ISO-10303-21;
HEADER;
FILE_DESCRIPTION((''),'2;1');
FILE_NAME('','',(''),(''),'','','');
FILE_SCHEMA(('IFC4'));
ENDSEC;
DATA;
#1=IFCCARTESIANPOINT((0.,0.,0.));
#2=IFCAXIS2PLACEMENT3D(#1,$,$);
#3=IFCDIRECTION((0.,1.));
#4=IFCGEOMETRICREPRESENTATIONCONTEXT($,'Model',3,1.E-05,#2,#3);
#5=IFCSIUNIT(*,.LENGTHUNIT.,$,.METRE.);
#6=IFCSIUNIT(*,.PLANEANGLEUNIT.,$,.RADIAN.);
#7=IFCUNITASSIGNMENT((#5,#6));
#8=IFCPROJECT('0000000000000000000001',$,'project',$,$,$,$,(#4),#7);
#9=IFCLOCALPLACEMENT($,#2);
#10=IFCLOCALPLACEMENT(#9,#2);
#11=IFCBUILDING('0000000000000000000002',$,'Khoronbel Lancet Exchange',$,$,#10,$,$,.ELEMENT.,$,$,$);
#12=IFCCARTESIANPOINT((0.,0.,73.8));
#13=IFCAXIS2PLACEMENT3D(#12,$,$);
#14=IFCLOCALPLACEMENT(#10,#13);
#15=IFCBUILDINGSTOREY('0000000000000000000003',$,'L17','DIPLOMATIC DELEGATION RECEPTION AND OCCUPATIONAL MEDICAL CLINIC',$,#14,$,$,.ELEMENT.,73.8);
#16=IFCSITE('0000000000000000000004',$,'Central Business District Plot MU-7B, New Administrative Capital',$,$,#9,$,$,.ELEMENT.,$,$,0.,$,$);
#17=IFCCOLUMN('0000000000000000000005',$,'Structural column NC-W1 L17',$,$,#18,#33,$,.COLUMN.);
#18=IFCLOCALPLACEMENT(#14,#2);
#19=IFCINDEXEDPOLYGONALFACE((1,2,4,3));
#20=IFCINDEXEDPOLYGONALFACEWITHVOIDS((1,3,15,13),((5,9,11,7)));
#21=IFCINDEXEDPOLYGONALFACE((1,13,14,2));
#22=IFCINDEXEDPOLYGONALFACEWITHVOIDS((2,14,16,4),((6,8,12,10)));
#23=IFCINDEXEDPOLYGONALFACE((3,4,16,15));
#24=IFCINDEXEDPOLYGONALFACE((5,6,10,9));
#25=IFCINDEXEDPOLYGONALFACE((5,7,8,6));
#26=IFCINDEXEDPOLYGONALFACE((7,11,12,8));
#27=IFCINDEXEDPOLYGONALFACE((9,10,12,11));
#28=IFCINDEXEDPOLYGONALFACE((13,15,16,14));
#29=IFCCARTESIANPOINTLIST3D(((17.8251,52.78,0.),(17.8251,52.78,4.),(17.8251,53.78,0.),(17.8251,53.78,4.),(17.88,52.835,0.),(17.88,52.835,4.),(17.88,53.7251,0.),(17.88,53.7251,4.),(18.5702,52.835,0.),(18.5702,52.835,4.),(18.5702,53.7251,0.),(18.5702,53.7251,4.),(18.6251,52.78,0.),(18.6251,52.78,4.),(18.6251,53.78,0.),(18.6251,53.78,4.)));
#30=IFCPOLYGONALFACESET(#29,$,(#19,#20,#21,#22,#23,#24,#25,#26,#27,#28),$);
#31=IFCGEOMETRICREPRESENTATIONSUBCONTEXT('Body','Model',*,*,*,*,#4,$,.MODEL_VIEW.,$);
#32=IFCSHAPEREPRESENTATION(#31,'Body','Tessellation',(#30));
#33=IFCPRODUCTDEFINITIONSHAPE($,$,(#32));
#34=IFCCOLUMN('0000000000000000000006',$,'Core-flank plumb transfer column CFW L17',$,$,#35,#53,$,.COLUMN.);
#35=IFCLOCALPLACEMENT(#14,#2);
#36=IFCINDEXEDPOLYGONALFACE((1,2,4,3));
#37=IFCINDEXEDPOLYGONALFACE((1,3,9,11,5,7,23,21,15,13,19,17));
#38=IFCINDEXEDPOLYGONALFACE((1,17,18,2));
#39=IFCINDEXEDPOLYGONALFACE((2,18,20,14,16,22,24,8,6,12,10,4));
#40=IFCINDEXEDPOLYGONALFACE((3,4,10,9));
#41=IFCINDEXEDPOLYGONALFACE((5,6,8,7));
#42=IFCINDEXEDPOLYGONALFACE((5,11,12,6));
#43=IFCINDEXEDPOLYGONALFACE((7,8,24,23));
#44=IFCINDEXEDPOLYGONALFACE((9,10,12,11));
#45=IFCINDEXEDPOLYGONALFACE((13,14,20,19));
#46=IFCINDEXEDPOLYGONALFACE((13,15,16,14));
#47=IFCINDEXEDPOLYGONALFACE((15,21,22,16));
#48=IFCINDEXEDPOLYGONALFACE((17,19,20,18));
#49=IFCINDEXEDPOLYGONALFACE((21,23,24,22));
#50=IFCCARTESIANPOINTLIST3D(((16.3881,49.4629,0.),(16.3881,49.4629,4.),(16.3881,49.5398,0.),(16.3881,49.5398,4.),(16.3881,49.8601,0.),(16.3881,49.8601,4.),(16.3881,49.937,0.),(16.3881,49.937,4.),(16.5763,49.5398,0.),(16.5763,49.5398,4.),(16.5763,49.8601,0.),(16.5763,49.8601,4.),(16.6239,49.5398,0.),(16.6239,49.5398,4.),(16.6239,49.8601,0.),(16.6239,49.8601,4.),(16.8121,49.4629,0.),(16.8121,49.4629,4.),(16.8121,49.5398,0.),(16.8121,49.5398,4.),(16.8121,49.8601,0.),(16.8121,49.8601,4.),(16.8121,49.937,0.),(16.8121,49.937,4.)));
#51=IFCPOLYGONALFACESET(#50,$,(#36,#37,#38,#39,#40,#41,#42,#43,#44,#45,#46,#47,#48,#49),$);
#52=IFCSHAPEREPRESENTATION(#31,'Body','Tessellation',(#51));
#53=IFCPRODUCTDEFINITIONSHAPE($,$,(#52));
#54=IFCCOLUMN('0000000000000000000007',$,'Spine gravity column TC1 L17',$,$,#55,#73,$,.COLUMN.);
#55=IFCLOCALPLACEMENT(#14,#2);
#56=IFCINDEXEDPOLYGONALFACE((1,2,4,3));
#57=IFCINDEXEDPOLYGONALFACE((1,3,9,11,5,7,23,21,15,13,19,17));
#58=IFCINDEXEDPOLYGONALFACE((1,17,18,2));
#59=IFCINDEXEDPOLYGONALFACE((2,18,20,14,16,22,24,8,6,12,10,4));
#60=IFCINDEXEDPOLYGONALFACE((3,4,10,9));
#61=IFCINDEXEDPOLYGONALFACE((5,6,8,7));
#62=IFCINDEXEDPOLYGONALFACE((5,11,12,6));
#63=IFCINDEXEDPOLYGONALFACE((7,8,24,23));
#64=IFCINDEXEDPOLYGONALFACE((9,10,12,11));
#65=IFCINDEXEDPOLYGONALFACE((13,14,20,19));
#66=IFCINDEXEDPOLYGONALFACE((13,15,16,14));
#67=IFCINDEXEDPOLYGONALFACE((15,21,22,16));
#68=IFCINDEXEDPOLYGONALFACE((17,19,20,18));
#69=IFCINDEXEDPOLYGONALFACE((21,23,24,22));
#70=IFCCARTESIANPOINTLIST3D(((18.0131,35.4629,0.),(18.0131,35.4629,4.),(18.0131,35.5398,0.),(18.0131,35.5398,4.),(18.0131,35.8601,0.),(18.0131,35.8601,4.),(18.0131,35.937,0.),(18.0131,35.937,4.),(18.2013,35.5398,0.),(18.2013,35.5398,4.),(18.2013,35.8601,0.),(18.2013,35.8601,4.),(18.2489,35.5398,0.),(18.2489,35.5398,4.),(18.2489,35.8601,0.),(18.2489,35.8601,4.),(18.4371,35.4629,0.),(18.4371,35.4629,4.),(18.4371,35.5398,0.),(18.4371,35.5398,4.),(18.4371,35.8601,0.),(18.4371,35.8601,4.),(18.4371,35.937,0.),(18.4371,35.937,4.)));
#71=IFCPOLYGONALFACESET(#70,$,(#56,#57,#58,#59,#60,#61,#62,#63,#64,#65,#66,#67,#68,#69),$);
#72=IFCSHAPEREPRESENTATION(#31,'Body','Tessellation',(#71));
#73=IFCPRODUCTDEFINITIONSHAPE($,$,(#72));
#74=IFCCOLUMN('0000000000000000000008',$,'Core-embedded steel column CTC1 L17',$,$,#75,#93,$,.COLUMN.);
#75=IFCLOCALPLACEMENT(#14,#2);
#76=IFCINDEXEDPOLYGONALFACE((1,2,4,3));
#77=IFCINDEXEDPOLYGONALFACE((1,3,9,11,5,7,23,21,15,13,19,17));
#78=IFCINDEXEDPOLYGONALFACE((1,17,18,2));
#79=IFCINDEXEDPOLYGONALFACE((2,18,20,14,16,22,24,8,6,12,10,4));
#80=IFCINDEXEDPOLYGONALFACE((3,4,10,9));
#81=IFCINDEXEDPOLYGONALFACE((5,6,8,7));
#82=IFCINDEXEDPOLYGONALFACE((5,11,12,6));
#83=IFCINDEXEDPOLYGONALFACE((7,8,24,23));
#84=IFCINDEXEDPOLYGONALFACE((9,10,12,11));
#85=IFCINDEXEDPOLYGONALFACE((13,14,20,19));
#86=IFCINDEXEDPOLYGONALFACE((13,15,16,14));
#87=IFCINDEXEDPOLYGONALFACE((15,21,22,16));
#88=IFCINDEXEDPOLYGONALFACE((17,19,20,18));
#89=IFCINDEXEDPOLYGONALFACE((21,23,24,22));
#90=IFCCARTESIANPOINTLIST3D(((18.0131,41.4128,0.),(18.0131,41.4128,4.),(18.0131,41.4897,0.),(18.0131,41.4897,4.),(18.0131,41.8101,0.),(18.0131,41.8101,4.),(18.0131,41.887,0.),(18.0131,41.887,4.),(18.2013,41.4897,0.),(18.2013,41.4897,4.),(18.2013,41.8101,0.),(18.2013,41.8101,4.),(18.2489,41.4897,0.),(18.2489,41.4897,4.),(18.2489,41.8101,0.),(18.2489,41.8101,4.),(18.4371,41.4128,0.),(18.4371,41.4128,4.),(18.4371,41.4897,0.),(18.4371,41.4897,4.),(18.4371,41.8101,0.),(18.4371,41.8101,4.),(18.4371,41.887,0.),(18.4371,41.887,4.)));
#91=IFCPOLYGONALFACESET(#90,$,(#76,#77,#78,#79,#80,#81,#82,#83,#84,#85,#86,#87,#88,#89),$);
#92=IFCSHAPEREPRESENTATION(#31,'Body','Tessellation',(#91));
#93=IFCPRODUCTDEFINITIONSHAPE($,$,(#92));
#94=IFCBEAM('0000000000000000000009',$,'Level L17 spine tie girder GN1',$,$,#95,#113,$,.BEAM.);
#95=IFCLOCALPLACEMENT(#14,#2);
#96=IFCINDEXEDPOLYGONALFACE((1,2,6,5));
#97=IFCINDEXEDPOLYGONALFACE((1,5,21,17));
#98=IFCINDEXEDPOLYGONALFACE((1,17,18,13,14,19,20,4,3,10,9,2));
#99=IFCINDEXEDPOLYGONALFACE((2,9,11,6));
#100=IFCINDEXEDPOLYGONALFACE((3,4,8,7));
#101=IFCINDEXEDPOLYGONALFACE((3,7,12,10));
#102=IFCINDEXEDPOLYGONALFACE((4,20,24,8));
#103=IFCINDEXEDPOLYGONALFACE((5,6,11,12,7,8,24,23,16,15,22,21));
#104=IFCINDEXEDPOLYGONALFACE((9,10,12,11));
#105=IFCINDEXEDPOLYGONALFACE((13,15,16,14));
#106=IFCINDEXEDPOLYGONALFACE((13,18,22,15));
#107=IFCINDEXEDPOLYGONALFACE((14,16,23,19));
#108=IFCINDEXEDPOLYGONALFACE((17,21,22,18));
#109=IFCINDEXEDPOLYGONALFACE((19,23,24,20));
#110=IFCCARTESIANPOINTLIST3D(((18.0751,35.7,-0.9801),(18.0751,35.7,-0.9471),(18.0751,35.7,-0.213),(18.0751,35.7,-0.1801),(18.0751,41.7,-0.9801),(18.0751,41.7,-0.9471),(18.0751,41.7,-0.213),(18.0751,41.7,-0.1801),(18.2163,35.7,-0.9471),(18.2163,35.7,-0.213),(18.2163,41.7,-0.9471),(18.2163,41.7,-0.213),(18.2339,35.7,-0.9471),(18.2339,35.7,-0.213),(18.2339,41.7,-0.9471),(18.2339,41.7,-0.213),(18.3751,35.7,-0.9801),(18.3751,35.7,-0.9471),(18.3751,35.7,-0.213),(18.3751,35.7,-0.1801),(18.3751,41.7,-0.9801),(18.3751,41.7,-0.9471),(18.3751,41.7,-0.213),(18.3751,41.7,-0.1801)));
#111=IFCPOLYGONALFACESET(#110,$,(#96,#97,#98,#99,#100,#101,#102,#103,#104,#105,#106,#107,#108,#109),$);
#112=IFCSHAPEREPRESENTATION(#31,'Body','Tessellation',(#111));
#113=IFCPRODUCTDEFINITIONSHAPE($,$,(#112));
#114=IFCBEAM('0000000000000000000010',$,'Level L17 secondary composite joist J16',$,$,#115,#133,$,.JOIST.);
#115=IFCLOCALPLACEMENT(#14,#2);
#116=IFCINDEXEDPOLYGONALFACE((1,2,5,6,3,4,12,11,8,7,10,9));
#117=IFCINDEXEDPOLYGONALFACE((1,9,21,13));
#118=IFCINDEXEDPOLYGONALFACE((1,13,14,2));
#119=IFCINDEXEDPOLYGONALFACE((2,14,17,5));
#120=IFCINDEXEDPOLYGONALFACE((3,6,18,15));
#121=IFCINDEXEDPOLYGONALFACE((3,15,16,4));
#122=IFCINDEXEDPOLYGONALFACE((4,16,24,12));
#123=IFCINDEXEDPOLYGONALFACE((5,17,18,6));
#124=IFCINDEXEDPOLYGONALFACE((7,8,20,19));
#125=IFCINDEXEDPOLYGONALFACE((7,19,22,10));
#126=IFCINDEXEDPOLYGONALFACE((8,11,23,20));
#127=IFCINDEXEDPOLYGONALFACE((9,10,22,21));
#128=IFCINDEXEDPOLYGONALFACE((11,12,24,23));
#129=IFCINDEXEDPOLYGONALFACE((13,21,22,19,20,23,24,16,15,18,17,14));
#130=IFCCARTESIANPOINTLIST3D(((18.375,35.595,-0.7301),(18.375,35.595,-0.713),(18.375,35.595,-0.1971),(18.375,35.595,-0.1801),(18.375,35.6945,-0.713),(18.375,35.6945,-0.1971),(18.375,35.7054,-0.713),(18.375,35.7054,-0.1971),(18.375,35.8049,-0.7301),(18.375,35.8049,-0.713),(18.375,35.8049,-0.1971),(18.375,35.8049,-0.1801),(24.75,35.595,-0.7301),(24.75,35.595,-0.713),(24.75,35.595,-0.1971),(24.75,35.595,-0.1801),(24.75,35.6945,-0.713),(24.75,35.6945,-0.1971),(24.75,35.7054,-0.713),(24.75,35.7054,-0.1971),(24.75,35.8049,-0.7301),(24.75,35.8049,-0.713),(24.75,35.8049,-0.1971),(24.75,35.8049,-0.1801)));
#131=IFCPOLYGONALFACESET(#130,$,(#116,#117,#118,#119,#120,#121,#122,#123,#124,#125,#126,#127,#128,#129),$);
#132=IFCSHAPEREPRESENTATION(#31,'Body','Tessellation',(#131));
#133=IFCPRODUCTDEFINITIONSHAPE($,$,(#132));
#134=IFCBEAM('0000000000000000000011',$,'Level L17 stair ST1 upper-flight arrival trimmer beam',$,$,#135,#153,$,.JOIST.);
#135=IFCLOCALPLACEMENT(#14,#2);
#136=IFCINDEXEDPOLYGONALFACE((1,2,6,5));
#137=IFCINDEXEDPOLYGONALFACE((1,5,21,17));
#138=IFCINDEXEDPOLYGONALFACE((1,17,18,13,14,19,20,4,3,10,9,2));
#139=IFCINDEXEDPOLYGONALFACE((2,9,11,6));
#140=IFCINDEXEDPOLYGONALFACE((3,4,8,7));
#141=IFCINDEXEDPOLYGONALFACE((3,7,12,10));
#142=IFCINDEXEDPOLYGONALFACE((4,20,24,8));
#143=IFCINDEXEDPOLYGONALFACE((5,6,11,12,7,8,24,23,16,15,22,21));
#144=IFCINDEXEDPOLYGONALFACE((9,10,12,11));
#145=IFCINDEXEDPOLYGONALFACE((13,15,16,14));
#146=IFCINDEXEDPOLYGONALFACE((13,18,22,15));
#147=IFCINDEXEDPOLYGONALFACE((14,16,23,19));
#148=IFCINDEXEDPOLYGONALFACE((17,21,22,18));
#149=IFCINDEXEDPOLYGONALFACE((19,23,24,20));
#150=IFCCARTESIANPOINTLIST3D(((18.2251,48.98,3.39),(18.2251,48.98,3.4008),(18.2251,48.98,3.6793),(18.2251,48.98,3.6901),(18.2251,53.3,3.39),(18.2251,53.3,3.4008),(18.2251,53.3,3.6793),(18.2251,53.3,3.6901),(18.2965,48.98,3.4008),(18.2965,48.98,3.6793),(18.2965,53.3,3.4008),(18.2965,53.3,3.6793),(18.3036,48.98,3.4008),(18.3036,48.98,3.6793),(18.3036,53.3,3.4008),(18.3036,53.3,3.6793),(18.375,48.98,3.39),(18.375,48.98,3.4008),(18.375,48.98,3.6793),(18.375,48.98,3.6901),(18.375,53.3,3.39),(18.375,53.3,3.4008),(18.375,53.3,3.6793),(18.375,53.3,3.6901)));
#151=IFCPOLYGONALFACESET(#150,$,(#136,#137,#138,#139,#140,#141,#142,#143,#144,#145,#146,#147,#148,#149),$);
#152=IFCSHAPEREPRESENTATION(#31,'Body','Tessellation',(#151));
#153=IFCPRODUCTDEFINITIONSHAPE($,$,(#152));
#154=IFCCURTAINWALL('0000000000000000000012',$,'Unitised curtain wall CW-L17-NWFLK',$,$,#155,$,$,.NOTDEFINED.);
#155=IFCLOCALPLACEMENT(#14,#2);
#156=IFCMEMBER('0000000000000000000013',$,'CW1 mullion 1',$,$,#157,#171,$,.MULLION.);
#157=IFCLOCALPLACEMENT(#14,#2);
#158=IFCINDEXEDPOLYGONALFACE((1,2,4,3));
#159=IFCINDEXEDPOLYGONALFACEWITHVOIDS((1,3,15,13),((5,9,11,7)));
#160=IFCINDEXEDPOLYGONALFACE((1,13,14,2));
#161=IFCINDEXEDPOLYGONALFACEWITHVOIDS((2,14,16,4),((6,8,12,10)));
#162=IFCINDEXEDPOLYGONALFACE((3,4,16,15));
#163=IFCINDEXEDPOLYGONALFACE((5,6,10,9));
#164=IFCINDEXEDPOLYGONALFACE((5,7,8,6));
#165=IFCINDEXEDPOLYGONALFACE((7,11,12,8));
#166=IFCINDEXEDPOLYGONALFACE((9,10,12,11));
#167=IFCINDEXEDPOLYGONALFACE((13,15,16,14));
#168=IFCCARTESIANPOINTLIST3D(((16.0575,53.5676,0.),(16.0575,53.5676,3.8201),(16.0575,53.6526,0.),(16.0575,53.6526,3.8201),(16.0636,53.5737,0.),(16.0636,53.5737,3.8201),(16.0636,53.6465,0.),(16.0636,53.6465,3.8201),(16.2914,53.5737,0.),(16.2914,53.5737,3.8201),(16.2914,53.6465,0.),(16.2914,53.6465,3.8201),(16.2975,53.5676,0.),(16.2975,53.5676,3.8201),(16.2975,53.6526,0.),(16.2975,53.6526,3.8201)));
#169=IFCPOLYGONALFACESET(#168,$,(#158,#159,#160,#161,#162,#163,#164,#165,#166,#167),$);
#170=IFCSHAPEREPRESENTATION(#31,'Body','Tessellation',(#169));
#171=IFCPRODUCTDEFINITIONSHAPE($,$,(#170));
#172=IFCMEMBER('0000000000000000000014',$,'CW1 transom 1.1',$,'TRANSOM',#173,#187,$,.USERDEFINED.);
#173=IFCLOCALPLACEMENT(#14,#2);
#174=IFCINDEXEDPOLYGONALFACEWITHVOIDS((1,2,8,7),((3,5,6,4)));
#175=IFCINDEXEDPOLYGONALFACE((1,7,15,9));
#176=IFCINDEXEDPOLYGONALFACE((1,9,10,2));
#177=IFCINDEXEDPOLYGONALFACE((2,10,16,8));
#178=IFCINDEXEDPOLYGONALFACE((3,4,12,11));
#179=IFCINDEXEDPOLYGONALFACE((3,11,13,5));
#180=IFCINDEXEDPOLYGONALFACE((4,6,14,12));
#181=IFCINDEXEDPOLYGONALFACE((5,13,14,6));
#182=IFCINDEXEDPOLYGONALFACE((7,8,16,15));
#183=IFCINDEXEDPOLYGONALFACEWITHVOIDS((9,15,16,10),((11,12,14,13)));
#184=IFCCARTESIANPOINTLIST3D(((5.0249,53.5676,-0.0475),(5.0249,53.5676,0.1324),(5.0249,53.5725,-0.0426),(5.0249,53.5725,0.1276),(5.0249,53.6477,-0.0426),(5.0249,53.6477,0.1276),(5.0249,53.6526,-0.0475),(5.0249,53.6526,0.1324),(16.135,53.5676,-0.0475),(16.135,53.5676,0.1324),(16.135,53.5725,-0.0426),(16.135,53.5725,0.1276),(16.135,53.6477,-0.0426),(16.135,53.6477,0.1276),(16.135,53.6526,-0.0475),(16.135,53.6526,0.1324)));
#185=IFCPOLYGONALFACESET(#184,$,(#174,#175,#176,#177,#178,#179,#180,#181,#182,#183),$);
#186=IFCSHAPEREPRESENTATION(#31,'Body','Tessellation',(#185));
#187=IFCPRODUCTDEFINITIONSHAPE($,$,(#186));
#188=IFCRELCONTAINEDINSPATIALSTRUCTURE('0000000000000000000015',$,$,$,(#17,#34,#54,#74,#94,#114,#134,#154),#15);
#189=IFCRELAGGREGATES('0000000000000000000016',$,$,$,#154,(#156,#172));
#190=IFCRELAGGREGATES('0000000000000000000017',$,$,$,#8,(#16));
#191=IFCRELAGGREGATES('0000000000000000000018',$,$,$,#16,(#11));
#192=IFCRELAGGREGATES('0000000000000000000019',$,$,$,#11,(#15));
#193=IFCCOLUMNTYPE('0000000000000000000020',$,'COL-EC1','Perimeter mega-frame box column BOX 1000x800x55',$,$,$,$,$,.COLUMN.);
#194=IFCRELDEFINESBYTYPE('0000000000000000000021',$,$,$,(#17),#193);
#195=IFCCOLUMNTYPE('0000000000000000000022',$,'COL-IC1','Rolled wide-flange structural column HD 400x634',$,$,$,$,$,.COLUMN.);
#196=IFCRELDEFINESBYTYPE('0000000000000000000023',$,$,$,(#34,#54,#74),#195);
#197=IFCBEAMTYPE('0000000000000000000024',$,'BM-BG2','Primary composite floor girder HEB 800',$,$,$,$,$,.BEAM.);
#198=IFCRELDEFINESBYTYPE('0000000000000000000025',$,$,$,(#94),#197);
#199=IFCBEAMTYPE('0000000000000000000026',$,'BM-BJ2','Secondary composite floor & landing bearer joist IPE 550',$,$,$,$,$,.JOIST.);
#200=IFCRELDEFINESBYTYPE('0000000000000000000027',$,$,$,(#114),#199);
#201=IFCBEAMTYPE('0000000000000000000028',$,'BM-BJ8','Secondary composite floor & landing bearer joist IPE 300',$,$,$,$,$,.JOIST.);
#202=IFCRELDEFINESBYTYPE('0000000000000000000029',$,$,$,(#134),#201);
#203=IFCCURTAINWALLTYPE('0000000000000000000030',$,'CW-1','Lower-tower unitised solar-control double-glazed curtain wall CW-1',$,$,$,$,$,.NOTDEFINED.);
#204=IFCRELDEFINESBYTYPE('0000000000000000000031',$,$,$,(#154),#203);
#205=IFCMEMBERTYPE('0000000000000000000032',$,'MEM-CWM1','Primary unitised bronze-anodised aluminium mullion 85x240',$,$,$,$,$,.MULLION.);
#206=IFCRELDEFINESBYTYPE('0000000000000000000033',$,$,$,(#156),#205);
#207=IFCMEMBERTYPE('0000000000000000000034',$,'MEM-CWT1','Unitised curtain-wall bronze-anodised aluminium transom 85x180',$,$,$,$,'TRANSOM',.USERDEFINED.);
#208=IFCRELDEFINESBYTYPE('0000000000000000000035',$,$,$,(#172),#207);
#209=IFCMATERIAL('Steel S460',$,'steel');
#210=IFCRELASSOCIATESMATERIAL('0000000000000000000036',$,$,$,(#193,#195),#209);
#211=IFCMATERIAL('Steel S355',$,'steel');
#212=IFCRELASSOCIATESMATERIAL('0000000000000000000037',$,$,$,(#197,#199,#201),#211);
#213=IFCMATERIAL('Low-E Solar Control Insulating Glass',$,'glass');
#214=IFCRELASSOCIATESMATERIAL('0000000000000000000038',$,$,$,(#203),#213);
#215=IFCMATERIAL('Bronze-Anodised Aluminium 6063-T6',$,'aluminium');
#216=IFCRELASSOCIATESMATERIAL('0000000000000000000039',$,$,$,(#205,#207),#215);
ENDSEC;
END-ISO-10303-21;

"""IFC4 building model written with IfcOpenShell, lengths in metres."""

from ifc_helpers import new_model, si_unit, direction, frame, origin, origin_2d, place, context, subcontext, project, spatial, hollow_rectangle, i_section, extrude, material, material_profile, profile_set, type_object, element, aggregate, save


model = new_model("IFC4")

# Units and contexts
model_context = context("Model", 3, precision=1e-05, world=origin(), true_north=direction((0.0, 1.0)))
body_context = subcontext(model_context, "Body", "Model", "MODEL_VIEW")
ifc_project = project(units=[si_unit("LENGTHUNIT", "METRE"), si_unit("PLANEANGLEUNIT", "RADIAN")], contexts=[model_context])

# Site, building, storey
site_placement = place(None, origin())
site = spatial("IfcSite", under=ifc_project, at=site_placement, Name="Central Business District Plot MU-7B, New Administrative Capital", CompositionType="ELEMENT", RefElevation=0.0)
building_placement = place(site_placement, origin())
building = spatial("IfcBuilding", under=site, at=building_placement, Name="Khoronbel Lancet Exchange", CompositionType="ELEMENT")
storey_placement = place(building_placement, frame((0.0, 0.0, 73.8)))
storey = spatial("IfcBuildingStorey", under=building, at=storey_placement, Name="L17", Description="DIPLOMATIC DELEGATION RECEPTION AND OCCUPATIONAL MEDICAL CLINIC", CompositionType="ELEMENT", Elevation=73.8)

# Columns
ifc_material_1 = material(Name="Steel S460", Category="steel")
ifc_material_profile_1 = material_profile(ifc_material_1, hollow_rectangle(XDim=0.8, YDim=1.0, WallThickness=0.0549, at=origin_2d()), Name="BOX 1000x800x55")
ifc_profile_set_1 = profile_set([ifc_material_profile_1], Name="Steel S460")
column_type_1 = type_object("IfcColumnType", Name="COL-EC1", Description="Perimeter mega-frame box column BOX 1000x800x55", PredefinedType="COLUMN", material=ifc_profile_set_1)
column_placement = place(storey_placement, frame((18.2251, 53.28, 0.0), z_axis=(0.0, 0.0, 1.0), x_axis=(1.0, 0.0, 0.0)))
element("IfcColumn", 1, at=column_placement, inside=storey, type_object=column_type_1, Name="Structural column NC-W1 L17", PredefinedType="COLUMN", context=body_context, shape_type="SweptSolid", body=[
    extrude(hollow_rectangle(XDim=0.8, YDim=1.0, WallThickness=0.0549, at=origin_2d()), origin(), (0.0, 0.0, 1.0), 4.0),
])
ifc_material_profile_2 = material_profile(ifc_material_1, i_section(OverallWidth=0.4241, OverallDepth=0.4741, WebThickness=0.0476, FlangeThickness=0.0769, at=origin_2d()), Name="HD 400x634")
ifc_profile_set_2 = profile_set([ifc_material_profile_2], Name="Steel S460")
column_type_2 = type_object("IfcColumnType", Name="COL-IC1", Description="Rolled wide-flange structural column HD 400x634", PredefinedType="COLUMN", material=ifc_profile_set_2)
for number, where, z_axis, x_axis, name in (
    (2, (16.6001, 49.7, 0.0), (0.0, 0.0, 1.0), (1.0, 0.0, 0.0), "Core-flank plumb transfer column CFW L17"),
    (3, (18.2251, 35.7, 0.0), (0.0, 0.0, 1.0), (1.0, 0.0, 0.0), "Spine gravity column TC1 L17"),
    (4, (18.2251, 41.6499, 0.0), (0.0, 0.0, 1.0), (1.0, 0.0, 0.0), "Core-embedded steel column CTC1 L17"),
):
    element("IfcColumn", number, at=place(storey_placement, frame(where, z_axis=z_axis, x_axis=x_axis)), inside=storey, type_object=column_type_2, Name=name, PredefinedType="COLUMN", context=body_context, shape_type="SweptSolid", body=[
        extrude(i_section(OverallWidth=0.4241, OverallDepth=0.4741, WebThickness=0.0476, FlangeThickness=0.0769, at=origin_2d()), origin(), (0.0, 0.0, 1.0), 4.0),
    ])

# Beams
ifc_material_2 = material(Name="Steel S355", Category="steel")
ifc_material_profile_3 = material_profile(ifc_material_2, i_section(OverallWidth=0.3, OverallDepth=0.8, WebThickness=0.0176, FlangeThickness=0.033, at=origin_2d()), Name="HEB 800")
ifc_profile_set_3 = profile_set([ifc_material_profile_3], Name="Steel S355")
beam_type_1 = type_object("IfcBeamType", Name="BM-BG2", Description="Primary composite floor girder HEB 800", PredefinedType="BEAM", material=ifc_profile_set_3)
beam_1_placement = place(storey_placement, frame((18.2251, 35.7, -0.5801), z_axis=(0.0, 1.0, 0.0), x_axis=(-1.0, 0.0, 0.0)))
element("IfcBeam", 5, at=beam_1_placement, inside=storey, type_object=beam_type_1, Name="Level L17 spine tie girder GN1", PredefinedType="BEAM", context=body_context, shape_type="SweptSolid", body=[
    extrude(i_section(OverallWidth=0.3, OverallDepth=0.8, WebThickness=0.0176, FlangeThickness=0.033, at=origin_2d()), origin(), (0.0, 0.0, 1.0), 6.0),
])
ifc_material_profile_4 = material_profile(ifc_material_2, i_section(OverallWidth=0.21, OverallDepth=0.55, WebThickness=0.011, FlangeThickness=0.0171, at=origin_2d()), Name="IPE 550")
ifc_profile_set_4 = profile_set([ifc_material_profile_4], Name="Steel S355")
beam_type_2 = type_object("IfcBeamType", Name="BM-BJ2", Description="Secondary composite floor & landing bearer joist IPE 550", PredefinedType="JOIST", material=ifc_profile_set_4)
beam_2_placement = place(storey_placement, frame((18.375, 35.7, -0.4551), z_axis=(1.0, 0.0, 0.0), x_axis=(0.0, 1.0, 0.0)))
element("IfcBeam", 6, at=beam_2_placement, inside=storey, type_object=beam_type_2, Name="Level L17 secondary composite joist J16", PredefinedType="JOIST", context=body_context, shape_type="SweptSolid", body=[
    extrude(i_section(OverallWidth=0.21, OverallDepth=0.55, WebThickness=0.011, FlangeThickness=0.0171, at=origin_2d()), origin(), (0.0, 0.0, 1.0), 6.375),
])
ifc_material_profile_5 = material_profile(ifc_material_2, i_section(OverallWidth=0.1499, OverallDepth=0.3, WebThickness=0.0071, FlangeThickness=0.0107, at=origin_2d()), Name="IPE 300")
ifc_profile_set_5 = profile_set([ifc_material_profile_5], Name="Steel S355")
beam_type_3 = type_object("IfcBeamType", Name="BM-BJ8", Description="Secondary composite floor & landing bearer joist IPE 300", PredefinedType="JOIST", material=ifc_profile_set_5)
beam_3_placement = place(storey_placement, frame((18.3, 48.98, 3.54), z_axis=(0.0, 1.0, 0.0), x_axis=(-1.0, 0.0, 0.0)))
element("IfcBeam", 7, at=beam_3_placement, inside=storey, type_object=beam_type_3, Name="Level L17 stair ST1 upper-flight arrival trimmer beam", PredefinedType="JOIST", context=body_context, shape_type="SweptSolid", body=[
    extrude(i_section(OverallWidth=0.1499, OverallDepth=0.3, WebThickness=0.0071, FlangeThickness=0.0107, at=origin_2d()), origin(), (0.0, 0.0, 1.0), 4.3201),
])

# Curtain wall, members
ifc_material_3 = material(Name="Low-E Solar Control Insulating Glass", Category="glass")
curtain_wall_type = type_object("IfcCurtainWallType", Name="CW-1", Description="Lower-tower unitised solar-control double-glazed curtain wall CW-1", PredefinedType="NOTDEFINED", material=ifc_material_3)
curtain_wall_placement = place(storey_placement, origin())
curtain_wall = element("IfcCurtainWall", 8, at=curtain_wall_placement, inside=storey, type_object=curtain_wall_type, Name="Unitised curtain wall CW-L17-NWFLK", PredefinedType="NOTDEFINED")
ifc_material_4 = material(Name="Bronze-Anodised Aluminium 6063-T6", Category="aluminium")
ifc_material_profile_6 = material_profile(ifc_material_4, hollow_rectangle(XDim=0.085, YDim=0.24, WallThickness=0.0061, at=origin_2d()), Name="ALU MULLION 85x240")
ifc_profile_set_6 = profile_set([ifc_material_profile_6], Name="Bronze-Anodised Aluminium 6063-T6")
member_type_1 = type_object("IfcMemberType", Name="MEM-CWM1", Description="Primary unitised bronze-anodised aluminium mullion 85x240", PredefinedType="MULLION", material=ifc_profile_set_6)
member_1_placement = place(storey_placement, frame((16.1775, 53.6101, 0.0), z_axis=(0.0, 0.0, 1.0), x_axis=(0.0, -1.0, 0.0)))
member_1 = element("IfcMember", 9, at=member_1_placement, type_object=member_type_1, Name="CW1 mullion 1", PredefinedType="MULLION", context=body_context, shape_type="SweptSolid", body=[
    extrude(hollow_rectangle(XDim=0.085, YDim=0.24, WallThickness=0.0061, at=origin_2d()), origin(), (0.0, 0.0, 1.0), 3.8201),
])
ifc_material_profile_7 = material_profile(ifc_material_4, hollow_rectangle(XDim=0.085, YDim=0.1799, WallThickness=0.0049, at=origin_2d()), Name="ALU TRANSOM 85x180")
ifc_profile_set_7 = profile_set([ifc_material_profile_7], Name="Bronze-Anodised Aluminium 6063-T6")
member_type_2 = type_object("IfcMemberType", Name="MEM-CWT1", Description="Unitised curtain-wall bronze-anodised aluminium transom 85x180", ElementType="TRANSOM", PredefinedType="USERDEFINED", material=ifc_profile_set_7)
member_2_placement = place(storey_placement, frame((16.135, 53.6101, 0.0425), z_axis=(-1.0, 0.0, 0.0), x_axis=(0.0, -1.0, 0.0)))
member_2 = element("IfcMember", 10, at=member_2_placement, type_object=member_type_2, Name="CW1 transom 1.1", ObjectType="TRANSOM", PredefinedType="USERDEFINED", context=body_context, shape_type="SweptSolid", body=[
    extrude(hollow_rectangle(XDim=0.085, YDim=0.1799, WallThickness=0.0049, at=origin_2d()), origin(), (0.0, 0.0, 1.0), 11.1101),
])

aggregate(curtain_wall, [member_1, member_2])

save(model, "model.ifc")
